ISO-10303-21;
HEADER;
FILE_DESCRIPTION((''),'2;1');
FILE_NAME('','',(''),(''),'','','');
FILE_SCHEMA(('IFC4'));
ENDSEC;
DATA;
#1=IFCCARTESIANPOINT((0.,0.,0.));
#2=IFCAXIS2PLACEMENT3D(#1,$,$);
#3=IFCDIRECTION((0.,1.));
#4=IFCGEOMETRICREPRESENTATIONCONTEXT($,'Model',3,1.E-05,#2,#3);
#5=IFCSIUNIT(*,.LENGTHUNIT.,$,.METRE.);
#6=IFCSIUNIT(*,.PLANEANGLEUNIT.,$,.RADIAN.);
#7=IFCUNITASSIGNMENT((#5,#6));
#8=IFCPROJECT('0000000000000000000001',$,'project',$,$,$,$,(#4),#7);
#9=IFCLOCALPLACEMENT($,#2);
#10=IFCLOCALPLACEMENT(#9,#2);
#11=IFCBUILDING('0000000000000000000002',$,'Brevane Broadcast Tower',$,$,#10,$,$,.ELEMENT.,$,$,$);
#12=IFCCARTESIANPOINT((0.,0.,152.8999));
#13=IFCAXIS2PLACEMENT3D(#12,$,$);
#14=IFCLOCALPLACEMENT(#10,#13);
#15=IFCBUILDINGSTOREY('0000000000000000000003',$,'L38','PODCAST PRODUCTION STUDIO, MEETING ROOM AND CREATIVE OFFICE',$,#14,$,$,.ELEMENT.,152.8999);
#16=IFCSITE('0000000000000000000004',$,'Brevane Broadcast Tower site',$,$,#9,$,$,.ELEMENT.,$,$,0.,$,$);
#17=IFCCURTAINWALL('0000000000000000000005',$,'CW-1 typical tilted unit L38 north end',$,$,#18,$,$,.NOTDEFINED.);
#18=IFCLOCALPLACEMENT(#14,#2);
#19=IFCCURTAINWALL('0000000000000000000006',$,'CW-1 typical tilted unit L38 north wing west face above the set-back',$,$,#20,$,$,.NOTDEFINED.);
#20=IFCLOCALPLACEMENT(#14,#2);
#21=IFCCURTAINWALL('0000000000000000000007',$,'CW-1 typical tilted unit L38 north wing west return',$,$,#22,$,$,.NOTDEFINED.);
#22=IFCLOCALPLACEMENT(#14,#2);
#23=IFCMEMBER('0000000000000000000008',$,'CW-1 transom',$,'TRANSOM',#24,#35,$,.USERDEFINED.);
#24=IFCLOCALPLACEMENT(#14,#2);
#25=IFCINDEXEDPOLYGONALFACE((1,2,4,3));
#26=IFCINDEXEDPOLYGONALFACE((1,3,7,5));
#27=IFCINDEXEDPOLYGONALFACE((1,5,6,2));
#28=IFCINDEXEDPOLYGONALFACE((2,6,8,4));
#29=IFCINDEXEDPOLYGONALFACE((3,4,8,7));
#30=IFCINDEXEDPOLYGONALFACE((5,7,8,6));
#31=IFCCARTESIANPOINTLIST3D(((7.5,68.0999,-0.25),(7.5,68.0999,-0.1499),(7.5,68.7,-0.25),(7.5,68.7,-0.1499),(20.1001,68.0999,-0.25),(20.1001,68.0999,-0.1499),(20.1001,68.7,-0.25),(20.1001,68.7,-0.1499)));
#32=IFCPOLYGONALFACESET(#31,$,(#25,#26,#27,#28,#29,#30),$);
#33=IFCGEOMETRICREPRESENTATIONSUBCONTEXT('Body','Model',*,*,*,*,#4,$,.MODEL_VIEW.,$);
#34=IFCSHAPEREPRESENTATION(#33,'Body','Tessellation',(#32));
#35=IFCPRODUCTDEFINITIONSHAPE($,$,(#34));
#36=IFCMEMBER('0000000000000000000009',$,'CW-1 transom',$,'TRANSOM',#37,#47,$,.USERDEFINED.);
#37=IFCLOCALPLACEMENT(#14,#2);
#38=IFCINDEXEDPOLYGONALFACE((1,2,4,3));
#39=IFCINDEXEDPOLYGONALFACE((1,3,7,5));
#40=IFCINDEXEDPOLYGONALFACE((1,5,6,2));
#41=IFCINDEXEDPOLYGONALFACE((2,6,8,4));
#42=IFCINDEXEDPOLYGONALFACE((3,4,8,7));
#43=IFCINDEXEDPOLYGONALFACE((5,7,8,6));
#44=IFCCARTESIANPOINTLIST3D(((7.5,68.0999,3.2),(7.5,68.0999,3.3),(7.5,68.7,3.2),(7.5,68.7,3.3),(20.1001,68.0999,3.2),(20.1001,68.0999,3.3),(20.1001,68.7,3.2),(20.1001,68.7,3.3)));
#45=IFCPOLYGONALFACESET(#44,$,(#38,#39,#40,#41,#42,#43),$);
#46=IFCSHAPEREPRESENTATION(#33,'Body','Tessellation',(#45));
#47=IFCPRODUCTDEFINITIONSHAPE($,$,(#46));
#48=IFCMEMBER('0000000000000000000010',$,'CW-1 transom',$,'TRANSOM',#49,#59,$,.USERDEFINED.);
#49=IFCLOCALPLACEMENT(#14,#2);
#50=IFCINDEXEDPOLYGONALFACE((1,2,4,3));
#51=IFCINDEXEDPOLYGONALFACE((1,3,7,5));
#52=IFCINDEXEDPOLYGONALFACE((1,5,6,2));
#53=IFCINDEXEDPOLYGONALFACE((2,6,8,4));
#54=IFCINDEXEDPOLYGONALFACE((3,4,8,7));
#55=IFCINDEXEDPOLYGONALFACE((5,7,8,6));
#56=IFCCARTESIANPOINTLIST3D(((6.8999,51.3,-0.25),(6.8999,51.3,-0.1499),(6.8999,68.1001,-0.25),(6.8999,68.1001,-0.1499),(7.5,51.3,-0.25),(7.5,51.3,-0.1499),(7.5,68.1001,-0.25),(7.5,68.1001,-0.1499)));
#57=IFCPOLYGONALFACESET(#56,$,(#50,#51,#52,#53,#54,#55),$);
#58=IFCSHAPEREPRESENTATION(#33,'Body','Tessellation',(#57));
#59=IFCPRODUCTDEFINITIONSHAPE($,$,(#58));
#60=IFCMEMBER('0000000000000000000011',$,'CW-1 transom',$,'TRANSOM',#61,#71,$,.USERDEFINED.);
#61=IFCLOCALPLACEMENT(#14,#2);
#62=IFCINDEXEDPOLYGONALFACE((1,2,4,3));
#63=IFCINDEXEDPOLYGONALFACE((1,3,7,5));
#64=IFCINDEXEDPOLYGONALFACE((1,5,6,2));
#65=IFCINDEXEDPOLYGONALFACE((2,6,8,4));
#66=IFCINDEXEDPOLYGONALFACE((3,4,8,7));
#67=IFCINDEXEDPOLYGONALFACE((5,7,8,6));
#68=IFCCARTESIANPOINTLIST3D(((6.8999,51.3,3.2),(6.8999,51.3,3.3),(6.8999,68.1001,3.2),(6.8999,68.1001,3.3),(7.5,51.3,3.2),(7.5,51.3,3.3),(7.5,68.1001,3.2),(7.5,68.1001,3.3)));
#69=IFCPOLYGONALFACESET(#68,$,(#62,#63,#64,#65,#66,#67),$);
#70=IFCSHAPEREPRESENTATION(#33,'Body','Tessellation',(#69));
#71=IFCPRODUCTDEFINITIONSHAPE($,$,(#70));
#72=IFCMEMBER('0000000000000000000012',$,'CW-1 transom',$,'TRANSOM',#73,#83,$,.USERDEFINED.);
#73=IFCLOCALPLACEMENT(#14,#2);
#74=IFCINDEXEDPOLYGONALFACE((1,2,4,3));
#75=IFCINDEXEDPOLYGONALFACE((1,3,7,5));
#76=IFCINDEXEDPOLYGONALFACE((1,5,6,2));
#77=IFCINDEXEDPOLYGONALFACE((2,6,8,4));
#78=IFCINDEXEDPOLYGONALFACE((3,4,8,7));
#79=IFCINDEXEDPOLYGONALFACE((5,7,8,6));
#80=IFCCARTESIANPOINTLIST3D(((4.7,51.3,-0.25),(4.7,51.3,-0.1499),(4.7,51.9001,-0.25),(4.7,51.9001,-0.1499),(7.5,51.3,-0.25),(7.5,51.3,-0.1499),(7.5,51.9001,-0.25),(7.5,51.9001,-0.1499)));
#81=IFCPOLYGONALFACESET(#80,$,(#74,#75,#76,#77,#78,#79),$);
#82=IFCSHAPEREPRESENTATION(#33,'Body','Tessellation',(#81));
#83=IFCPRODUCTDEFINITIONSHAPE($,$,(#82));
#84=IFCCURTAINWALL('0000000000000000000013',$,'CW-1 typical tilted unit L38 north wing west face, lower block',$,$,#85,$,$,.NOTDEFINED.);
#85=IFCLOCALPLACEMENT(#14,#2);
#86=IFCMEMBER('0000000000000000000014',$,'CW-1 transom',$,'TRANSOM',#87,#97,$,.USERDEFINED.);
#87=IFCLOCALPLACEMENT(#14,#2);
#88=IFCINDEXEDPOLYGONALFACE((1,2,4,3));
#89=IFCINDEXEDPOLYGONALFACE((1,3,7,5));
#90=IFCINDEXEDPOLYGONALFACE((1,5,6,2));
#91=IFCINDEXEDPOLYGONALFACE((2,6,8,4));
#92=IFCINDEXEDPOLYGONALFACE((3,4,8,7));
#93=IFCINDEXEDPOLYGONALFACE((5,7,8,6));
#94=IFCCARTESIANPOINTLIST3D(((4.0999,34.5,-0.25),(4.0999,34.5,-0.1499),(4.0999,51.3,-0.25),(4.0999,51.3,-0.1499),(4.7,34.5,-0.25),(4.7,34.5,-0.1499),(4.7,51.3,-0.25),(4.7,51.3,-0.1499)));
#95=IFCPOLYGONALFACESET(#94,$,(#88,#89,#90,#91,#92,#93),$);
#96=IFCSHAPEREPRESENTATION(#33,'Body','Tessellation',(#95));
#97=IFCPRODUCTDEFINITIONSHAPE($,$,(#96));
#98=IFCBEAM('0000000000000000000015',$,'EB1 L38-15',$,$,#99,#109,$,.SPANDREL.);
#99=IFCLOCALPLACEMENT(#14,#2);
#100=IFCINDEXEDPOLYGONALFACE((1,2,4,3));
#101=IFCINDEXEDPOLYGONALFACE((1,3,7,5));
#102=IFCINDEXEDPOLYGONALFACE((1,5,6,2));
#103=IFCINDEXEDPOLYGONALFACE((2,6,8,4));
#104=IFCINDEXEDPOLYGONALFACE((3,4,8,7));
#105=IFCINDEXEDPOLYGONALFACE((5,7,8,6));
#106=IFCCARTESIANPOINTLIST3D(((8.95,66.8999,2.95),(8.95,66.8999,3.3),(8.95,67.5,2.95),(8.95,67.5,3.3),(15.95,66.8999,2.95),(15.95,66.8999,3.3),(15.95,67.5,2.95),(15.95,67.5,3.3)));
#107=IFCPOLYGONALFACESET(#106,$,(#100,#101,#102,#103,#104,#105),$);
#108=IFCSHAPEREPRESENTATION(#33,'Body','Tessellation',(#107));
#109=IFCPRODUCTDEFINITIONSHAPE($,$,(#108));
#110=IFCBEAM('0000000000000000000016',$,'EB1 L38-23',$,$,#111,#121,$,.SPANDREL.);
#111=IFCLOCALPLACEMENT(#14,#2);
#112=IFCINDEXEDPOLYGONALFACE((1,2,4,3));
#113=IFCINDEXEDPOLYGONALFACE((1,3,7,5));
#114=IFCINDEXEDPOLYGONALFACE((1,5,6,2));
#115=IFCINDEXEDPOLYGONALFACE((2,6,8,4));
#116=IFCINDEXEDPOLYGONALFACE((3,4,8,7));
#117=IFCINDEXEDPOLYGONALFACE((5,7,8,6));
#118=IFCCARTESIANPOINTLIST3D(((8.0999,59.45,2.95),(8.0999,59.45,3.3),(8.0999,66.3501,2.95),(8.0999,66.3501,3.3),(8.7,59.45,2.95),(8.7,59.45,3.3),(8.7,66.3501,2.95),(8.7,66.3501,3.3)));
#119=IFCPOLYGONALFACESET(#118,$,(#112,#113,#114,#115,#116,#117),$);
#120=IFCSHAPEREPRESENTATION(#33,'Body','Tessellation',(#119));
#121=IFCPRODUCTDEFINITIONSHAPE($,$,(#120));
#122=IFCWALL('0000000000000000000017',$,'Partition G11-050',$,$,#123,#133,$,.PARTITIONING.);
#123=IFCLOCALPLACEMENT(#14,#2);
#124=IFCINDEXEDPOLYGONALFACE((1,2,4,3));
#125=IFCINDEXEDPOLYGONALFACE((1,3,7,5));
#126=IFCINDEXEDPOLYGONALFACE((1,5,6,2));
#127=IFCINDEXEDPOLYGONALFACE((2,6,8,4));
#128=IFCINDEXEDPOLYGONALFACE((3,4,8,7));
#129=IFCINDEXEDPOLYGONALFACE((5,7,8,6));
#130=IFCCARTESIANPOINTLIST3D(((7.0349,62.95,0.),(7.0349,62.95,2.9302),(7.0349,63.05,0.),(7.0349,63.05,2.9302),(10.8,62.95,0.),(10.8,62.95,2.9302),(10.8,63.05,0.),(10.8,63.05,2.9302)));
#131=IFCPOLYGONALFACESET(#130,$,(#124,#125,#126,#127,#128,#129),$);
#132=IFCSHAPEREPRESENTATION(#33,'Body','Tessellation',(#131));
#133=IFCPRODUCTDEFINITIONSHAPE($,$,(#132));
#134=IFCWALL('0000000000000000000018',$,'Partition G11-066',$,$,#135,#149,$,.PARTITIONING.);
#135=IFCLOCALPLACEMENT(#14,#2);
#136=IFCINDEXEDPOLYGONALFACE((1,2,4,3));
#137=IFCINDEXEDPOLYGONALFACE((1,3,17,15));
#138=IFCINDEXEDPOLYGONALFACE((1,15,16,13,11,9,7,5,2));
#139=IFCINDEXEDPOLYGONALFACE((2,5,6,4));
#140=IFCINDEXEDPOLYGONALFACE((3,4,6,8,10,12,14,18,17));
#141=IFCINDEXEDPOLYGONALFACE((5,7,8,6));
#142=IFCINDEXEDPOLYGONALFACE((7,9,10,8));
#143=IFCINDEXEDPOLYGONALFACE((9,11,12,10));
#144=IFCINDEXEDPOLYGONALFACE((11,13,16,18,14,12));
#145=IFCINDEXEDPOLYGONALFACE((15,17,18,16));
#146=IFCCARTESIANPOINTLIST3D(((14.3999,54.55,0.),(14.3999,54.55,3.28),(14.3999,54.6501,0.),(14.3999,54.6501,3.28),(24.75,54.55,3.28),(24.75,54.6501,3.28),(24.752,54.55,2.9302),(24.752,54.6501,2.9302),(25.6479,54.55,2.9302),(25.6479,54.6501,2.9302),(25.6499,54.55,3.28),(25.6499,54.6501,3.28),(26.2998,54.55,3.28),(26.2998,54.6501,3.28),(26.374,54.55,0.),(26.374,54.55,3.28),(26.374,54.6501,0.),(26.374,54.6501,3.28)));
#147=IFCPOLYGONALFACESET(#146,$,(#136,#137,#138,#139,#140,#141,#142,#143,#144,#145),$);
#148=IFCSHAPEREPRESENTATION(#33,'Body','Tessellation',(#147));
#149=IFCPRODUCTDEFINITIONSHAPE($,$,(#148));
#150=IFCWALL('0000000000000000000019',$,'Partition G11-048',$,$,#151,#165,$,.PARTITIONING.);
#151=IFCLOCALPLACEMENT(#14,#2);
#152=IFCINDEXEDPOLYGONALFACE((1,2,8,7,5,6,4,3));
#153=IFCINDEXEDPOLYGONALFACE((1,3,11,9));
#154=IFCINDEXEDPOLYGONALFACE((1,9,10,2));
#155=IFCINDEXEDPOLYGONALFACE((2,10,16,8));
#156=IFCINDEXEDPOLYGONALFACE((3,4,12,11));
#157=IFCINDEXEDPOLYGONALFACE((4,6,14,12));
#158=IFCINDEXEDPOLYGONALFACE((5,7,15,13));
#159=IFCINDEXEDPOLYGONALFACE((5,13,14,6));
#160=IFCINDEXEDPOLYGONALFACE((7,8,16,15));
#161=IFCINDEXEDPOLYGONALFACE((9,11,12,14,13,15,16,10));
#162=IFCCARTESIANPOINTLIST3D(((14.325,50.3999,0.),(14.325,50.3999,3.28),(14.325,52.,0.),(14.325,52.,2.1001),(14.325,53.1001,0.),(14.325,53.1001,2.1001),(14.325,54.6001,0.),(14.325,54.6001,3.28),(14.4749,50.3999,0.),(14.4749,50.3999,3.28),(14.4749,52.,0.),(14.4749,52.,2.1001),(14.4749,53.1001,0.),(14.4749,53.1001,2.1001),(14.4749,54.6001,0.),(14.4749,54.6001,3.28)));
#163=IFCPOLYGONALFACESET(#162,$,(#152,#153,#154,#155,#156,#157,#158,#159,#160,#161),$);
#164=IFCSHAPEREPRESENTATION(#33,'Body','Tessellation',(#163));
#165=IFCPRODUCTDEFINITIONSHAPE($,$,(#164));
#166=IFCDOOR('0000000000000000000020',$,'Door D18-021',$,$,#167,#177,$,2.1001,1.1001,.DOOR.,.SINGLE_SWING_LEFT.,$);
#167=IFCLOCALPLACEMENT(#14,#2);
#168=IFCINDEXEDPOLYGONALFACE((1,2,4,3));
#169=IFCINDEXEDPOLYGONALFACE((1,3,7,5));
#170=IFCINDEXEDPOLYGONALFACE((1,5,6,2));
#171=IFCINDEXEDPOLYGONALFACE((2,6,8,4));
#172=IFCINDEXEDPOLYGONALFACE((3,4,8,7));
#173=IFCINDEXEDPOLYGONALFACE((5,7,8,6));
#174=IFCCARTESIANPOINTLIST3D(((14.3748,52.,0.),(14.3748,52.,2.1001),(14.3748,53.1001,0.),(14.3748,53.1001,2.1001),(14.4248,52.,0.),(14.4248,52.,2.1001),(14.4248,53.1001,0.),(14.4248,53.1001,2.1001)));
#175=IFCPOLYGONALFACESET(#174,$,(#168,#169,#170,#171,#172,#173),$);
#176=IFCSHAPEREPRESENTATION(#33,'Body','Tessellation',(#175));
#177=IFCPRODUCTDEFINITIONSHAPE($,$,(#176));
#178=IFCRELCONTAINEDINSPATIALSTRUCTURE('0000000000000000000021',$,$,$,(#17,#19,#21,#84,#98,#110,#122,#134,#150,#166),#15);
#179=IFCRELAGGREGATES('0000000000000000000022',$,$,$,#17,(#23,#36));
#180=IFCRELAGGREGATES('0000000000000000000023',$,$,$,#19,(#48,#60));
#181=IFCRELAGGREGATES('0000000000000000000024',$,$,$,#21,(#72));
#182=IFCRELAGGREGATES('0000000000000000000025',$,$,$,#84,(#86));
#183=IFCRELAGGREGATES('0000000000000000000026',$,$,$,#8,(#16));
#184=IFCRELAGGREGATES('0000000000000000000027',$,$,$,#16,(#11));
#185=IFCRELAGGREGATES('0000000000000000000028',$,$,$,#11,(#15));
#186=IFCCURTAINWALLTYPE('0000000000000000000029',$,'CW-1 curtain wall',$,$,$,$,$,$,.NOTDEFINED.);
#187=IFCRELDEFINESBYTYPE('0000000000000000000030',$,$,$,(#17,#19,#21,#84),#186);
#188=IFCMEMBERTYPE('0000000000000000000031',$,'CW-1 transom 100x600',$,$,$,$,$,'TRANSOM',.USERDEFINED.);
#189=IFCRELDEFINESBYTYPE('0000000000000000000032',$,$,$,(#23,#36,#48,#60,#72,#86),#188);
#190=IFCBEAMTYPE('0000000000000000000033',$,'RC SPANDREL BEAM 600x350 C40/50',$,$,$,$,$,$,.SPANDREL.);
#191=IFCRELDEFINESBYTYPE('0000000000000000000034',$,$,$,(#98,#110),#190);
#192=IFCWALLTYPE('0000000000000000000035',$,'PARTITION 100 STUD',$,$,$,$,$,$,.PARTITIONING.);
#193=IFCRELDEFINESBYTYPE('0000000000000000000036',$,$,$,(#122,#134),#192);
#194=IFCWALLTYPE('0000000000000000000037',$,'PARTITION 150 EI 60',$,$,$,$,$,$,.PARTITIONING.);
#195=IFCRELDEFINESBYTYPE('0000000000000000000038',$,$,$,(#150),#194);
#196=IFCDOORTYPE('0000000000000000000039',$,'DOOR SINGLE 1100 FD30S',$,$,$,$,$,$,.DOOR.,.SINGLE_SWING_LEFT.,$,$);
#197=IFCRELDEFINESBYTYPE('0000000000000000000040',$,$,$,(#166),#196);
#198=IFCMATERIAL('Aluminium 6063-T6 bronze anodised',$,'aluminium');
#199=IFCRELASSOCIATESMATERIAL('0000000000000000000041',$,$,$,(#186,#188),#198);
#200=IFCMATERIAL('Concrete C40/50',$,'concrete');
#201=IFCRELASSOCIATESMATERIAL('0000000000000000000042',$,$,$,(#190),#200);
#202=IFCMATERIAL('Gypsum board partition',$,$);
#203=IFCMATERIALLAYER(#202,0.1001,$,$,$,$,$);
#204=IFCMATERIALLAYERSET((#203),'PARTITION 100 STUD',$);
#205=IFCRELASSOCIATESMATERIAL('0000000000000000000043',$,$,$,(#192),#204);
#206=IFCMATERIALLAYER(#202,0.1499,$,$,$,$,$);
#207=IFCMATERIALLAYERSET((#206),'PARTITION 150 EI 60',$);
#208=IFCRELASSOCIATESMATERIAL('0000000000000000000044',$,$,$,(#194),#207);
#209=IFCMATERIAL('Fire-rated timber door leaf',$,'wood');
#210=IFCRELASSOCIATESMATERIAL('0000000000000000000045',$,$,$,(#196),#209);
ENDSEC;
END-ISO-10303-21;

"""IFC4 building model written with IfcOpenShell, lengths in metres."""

from ifc_helpers import new_model, si_unit, direction, frame, frame_2d, origin, origin_2d, place, context, subcontext, project, spatial, polyline, rectangle, outline, extrude, material, layer, layer_set, material_profile, profile_set, type_object, element, fill, aggregate, save


model = new_model("IFC4")

# Units and contexts
model_context = context("Model", 3, precision=1e-05, world=origin(), true_north=direction((0.0, 1.0)))
body_context = subcontext(model_context, "Body", "Model", "MODEL_VIEW")
ifc_project = project(units=[si_unit("LENGTHUNIT", "METRE"), si_unit("PLANEANGLEUNIT", "RADIAN")], contexts=[model_context])

# Site, building, storey
site_placement = place(None, origin())
site = spatial("IfcSite", under=ifc_project, at=site_placement, Name="Brevane Broadcast Tower site", CompositionType="ELEMENT", RefElevation=0.0)
building_placement = place(site_placement, origin())
building = spatial("IfcBuilding", under=site, at=building_placement, Name="Brevane Broadcast Tower", CompositionType="ELEMENT")
storey_placement = place(building_placement, frame((0.0, 0.0, 152.8999)))
storey = spatial("IfcBuildingStorey", under=building, at=storey_placement, Name="L38", Description="PODCAST PRODUCTION STUDIO, MEETING ROOM AND CREATIVE OFFICE", CompositionType="ELEMENT", Elevation=152.8999)

# Curtain walls
ifc_material_1 = material(Name="Aluminium 6063-T6 bronze anodised", Category="aluminium")
curtain_wall_type = type_object("IfcCurtainWallType", Name="CW-1 curtain wall", PredefinedType="NOTDEFINED", material=ifc_material_1)
curtain_wall_1_placement = place(storey_placement, origin())
curtain_wall_1 = element("IfcCurtainWall", 1, at=curtain_wall_1_placement, inside=storey, type_object=curtain_wall_type, Name="CW-1 typical tilted unit L38 north end", PredefinedType="NOTDEFINED")
curtain_wall_2_placement = place(storey_placement, origin())
curtain_wall_2 = element("IfcCurtainWall", 2, at=curtain_wall_2_placement, inside=storey, type_object=curtain_wall_type, Name="CW-1 typical tilted unit L38 north wing west face above the set-back", PredefinedType="NOTDEFINED")
curtain_wall_3_placement = place(storey_placement, origin())
curtain_wall_3 = element("IfcCurtainWall", 3, at=curtain_wall_3_placement, inside=storey, type_object=curtain_wall_type, Name="CW-1 typical tilted unit L38 north wing west return", PredefinedType="NOTDEFINED")

# Members
ifc_material_profile_1 = material_profile(ifc_material_1, rectangle(XDim=0.6001, YDim=0.1001, at=origin_2d()), Name="RECT 100x600")
ifc_profile_set_1 = profile_set([ifc_material_profile_1], Name="Aluminium 6063-T6 bronze anodised")
member_type_1 = type_object("IfcMemberType", Name="CW-1 transom 100x600", ElementType="TRANSOM", PredefinedType="USERDEFINED", material=ifc_profile_set_1)
member_1_placement = place(storey_placement, frame((20.1001, 68.3999, -0.2), z_axis=(-1.0, 0.0, 0.0), x_axis=(0.0, -1.0, 0.0)))
member_1 = element("IfcMember", 4, at=member_1_placement, type_object=member_type_1, Name="CW-1 transom", ObjectType="TRANSOM", PredefinedType="USERDEFINED", context=body_context, shape_type="SweptSolid", body=[
    extrude(rectangle(XDim=0.6001, YDim=0.1001, at=origin_2d()), origin(), (0.0, 0.0, 1.0), 12.6001),
])
member_2_placement = place(storey_placement, frame((20.1001, 68.3999, 3.25), z_axis=(-1.0, 0.0, 0.0), x_axis=(0.0, -1.0, 0.0)))
member_2 = element("IfcMember", 5, at=member_2_placement, type_object=member_type_1, Name="CW-1 transom", ObjectType="TRANSOM", PredefinedType="USERDEFINED", context=body_context, shape_type="SweptSolid", body=[
    extrude(rectangle(XDim=0.6001, YDim=0.1001, at=origin_2d()), origin(), (0.0, 0.0, 1.0), 12.6001),
])
aggregate(curtain_wall_1, [member_1, member_2])
member_3_placement = place(storey_placement, frame((7.2, 68.1001, -0.2), z_axis=(0.0, -1.0, 0.0), x_axis=(1.0, 0.0, 0.0)))
member_3 = element("IfcMember", 6, at=member_3_placement, type_object=member_type_1, Name="CW-1 transom", ObjectType="TRANSOM", PredefinedType="USERDEFINED", context=body_context, shape_type="SweptSolid", body=[
    extrude(rectangle(XDim=0.6001, YDim=0.1001, at=origin_2d()), origin(), (0.0, 0.0, 1.0), 16.8),
])
member_4_placement = place(storey_placement, frame((7.2, 68.1001, 3.25), z_axis=(0.0, -1.0, 0.0), x_axis=(1.0, 0.0, 0.0)))
member_4 = element("IfcMember", 7, at=member_4_placement, type_object=member_type_1, Name="CW-1 transom", ObjectType="TRANSOM", PredefinedType="USERDEFINED", context=body_context, shape_type="SweptSolid", body=[
    extrude(rectangle(XDim=0.6001, YDim=0.1001, at=origin_2d()), origin(), (0.0, 0.0, 1.0), 16.8),
])
aggregate(curtain_wall_2, [member_3, member_4])
member_5_placement = place(storey_placement, frame((7.5, 51.6001, -0.2), z_axis=(-1.0, 0.0, 0.0), x_axis=(0.0, -1.0, 0.0)))
member_5 = element("IfcMember", 8, at=member_5_placement, type_object=member_type_1, Name="CW-1 transom", ObjectType="TRANSOM", PredefinedType="USERDEFINED", context=body_context, shape_type="SweptSolid", body=[
    extrude(rectangle(XDim=0.6001, YDim=0.1001, at=origin_2d()), origin(), (0.0, 0.0, 1.0), 2.8),
])
aggregate(curtain_wall_3, [member_5])

# Curtain wall, member
curtain_wall_4_placement = place(storey_placement, origin())
curtain_wall_4 = element("IfcCurtainWall", 9, at=curtain_wall_4_placement, inside=storey, type_object=curtain_wall_type, Name="CW-1 typical tilted unit L38 north wing west face, lower block", PredefinedType="NOTDEFINED")
member_6_placement = place(storey_placement, frame((4.3999, 51.3, -0.2), z_axis=(0.0, -1.0, 0.0), x_axis=(1.0, 0.0, 0.0)))
member_6 = element("IfcMember", 10, at=member_6_placement, type_object=member_type_1, Name="CW-1 transom", ObjectType="TRANSOM", PredefinedType="USERDEFINED", context=body_context, shape_type="SweptSolid", body=[
    extrude(rectangle(XDim=0.6001, YDim=0.1001, at=origin_2d()), origin(), (0.0, 0.0, 1.0), 16.8),
])
aggregate(curtain_wall_4, [member_6])

# Beams
ifc_material_2 = material(Name="Concrete C40/50", Category="concrete")
ifc_material_profile_2 = material_profile(ifc_material_2, rectangle(XDim=0.6001, YDim=0.3501, at=origin_2d()), Name="RC 600x350")
ifc_profile_set_2 = profile_set([ifc_material_profile_2], Name="Concrete C40/50")
beam_type = type_object("IfcBeamType", Name="RC SPANDREL BEAM 600x350 C40/50", PredefinedType="SPANDREL", material=ifc_profile_set_2)
beam_1_placement = place(storey_placement, frame((15.95, 67.2, 3.125), z_axis=(-1.0, 0.0, 0.0), x_axis=(0.0, -1.0, 0.0)))
element("IfcBeam", 11, at=beam_1_placement, inside=storey, type_object=beam_type, Name="EB1 L38-15", PredefinedType="SPANDREL", context=body_context, shape_type="SweptSolid", body=[
    extrude(rectangle(XDim=0.6001, YDim=0.3501, at=origin_2d()), origin(), (0.0, 0.0, 1.0), 7.0),
])
beam_2_placement = place(storey_placement, frame((8.3999, 59.45, 3.125), z_axis=(0.0, 1.0, 0.0), x_axis=(-1.0, 0.0, 0.0)))
element("IfcBeam", 12, at=beam_2_placement, inside=storey, type_object=beam_type, Name="EB1 L38-23", PredefinedType="SPANDREL", context=body_context, shape_type="SweptSolid", body=[
    extrude(rectangle(XDim=0.6001, YDim=0.3501, at=origin_2d()), origin(), (0.0, 0.0, 1.0), 6.9001),
])

# Walls
ifc_material_3 = material(Name="Gypsum board partition")
ifc_layer_1 = layer(ifc_material_3, 0.1001)
ifc_layer_set_1 = layer_set([ifc_layer_1], Name="PARTITION 100 STUD")
wall_type_1 = type_object("IfcWallType", Name="PARTITION 100 STUD", PredefinedType="PARTITIONING", material=ifc_layer_set_1)
wall_1_placement = place(storey_placement, frame((10.8, 63.0, 0.0), z_axis=(0.0, 0.0, 1.0), x_axis=(-1.0, 0.0, 0.0)))
element("IfcWall", 13, at=wall_1_placement, inside=storey, type_object=wall_type_1, Name="Partition G11-050", PredefinedType="PARTITIONING", context=body_context, shape_type="SweptSolid", body=[
    extrude(rectangle(XDim=3.7651, YDim=0.1001, at=frame_2d((1.8826, 0.0))), origin(), (0.0, 0.0, 1.0), 2.9302),
])
wall_2_placement = place(storey_placement, frame((14.3999, 54.6001, 0.0), z_axis=(0.0, 0.0, 1.0), x_axis=(1.0, 0.0, 0.0)))
element("IfcWall", 14, at=wall_2_placement, inside=storey, type_object=wall_type_1, Name="Partition G11-066", PredefinedType="PARTITIONING", context=body_context, shape_type="SweptSolid", body=[
    extrude(outline(polyline([(0.0, 0.0), (11.9741, 0.0), (11.9741, 3.28), (11.8999, 3.28), (11.25, 3.28), (11.248, 2.9302), (10.3521, 2.9302), (10.3501, 3.28), (0.0, 3.28), (0.0, 0.0)])), frame((0.0, 0.05, 0.0), z_axis=(0.0, -1.0, 0.0), x_axis=(1.0, 0.0, 0.0)), (0.0, 0.0, 1.0), 0.1001),
])

# Wall, opening, door
ifc_layer_2 = layer(ifc_material_3, 0.1499)
ifc_layer_set_2 = layer_set([ifc_layer_2], Name="PARTITION 150 EI 60")
wall_type_2 = type_object("IfcWallType", Name="PARTITION 150 EI 60", PredefinedType="PARTITIONING", material=ifc_layer_set_2)
ifc_material_4 = material(Name="Fire-rated timber door leaf", Category="wood")
wall_3_placement = place(storey_placement, frame((14.3999, 54.6001, 0.0), z_axis=(0.0, 0.0, 1.0), x_axis=(0.0, -1.0, 0.0)))
wall_3 = element("IfcWall", 15, at=wall_3_placement, inside=storey, type_object=wall_type_2, Name="Partition G11-048", PredefinedType="PARTITIONING", context=body_context, shape_type="SweptSolid", body=[
    extrude(rectangle(XDim=4.2002, YDim=0.1499, at=frame_2d((2.1001, 0.0))), origin(), (0.0, 0.0, 1.0), 3.28),
])
opening_1_placement = place(wall_3_placement, frame((1.5, 0.0, 0.0)))
opening_1 = element("IfcOpeningElement", 16, at=opening_1_placement, cuts=wall_3, PredefinedType="OPENING", context=body_context, shape_type="SweptSolid", body=[
    extrude(rectangle(XDim=1.1001, YDim=2.1001, at=frame_2d((0.55, 1.05))), frame((0.0, 0.085, 0.0), z_axis=(0.0, -1.0, 0.0), x_axis=(1.0, 0.0, 0.0)), (0.0, 0.0, 1.0), 0.1699),
])
door_type_1 = type_object("IfcDoorType", Name="DOOR SINGLE 1100 FD30S", OperationType="SINGLE_SWING_LEFT", PredefinedType="DOOR", material=ifc_material_4)
door_1_placement = place(opening_1_placement, origin())
door_1 = element("IfcDoor", 17, at=door_1_placement, inside=storey, type_object=door_type_1, Name="Door D18-021", OperationType="SINGLE_SWING_LEFT", OverallHeight=2.1001, OverallWidth=1.1001, PredefinedType="DOOR", context=body_context, shape_type="SweptSolid", body=[
    extrude(rectangle(XDim=1.1001, YDim=2.1001, at=frame_2d((0.55, 1.05))), frame((0.0, 0.0249, 0.0), z_axis=(0.0, -1.0, 0.0), x_axis=(1.0, 0.0, 0.0)), (0.0, 0.0, 1.0), 0.05),
])
fill(opening_1, door_1)

save(model, "model.ifc")
